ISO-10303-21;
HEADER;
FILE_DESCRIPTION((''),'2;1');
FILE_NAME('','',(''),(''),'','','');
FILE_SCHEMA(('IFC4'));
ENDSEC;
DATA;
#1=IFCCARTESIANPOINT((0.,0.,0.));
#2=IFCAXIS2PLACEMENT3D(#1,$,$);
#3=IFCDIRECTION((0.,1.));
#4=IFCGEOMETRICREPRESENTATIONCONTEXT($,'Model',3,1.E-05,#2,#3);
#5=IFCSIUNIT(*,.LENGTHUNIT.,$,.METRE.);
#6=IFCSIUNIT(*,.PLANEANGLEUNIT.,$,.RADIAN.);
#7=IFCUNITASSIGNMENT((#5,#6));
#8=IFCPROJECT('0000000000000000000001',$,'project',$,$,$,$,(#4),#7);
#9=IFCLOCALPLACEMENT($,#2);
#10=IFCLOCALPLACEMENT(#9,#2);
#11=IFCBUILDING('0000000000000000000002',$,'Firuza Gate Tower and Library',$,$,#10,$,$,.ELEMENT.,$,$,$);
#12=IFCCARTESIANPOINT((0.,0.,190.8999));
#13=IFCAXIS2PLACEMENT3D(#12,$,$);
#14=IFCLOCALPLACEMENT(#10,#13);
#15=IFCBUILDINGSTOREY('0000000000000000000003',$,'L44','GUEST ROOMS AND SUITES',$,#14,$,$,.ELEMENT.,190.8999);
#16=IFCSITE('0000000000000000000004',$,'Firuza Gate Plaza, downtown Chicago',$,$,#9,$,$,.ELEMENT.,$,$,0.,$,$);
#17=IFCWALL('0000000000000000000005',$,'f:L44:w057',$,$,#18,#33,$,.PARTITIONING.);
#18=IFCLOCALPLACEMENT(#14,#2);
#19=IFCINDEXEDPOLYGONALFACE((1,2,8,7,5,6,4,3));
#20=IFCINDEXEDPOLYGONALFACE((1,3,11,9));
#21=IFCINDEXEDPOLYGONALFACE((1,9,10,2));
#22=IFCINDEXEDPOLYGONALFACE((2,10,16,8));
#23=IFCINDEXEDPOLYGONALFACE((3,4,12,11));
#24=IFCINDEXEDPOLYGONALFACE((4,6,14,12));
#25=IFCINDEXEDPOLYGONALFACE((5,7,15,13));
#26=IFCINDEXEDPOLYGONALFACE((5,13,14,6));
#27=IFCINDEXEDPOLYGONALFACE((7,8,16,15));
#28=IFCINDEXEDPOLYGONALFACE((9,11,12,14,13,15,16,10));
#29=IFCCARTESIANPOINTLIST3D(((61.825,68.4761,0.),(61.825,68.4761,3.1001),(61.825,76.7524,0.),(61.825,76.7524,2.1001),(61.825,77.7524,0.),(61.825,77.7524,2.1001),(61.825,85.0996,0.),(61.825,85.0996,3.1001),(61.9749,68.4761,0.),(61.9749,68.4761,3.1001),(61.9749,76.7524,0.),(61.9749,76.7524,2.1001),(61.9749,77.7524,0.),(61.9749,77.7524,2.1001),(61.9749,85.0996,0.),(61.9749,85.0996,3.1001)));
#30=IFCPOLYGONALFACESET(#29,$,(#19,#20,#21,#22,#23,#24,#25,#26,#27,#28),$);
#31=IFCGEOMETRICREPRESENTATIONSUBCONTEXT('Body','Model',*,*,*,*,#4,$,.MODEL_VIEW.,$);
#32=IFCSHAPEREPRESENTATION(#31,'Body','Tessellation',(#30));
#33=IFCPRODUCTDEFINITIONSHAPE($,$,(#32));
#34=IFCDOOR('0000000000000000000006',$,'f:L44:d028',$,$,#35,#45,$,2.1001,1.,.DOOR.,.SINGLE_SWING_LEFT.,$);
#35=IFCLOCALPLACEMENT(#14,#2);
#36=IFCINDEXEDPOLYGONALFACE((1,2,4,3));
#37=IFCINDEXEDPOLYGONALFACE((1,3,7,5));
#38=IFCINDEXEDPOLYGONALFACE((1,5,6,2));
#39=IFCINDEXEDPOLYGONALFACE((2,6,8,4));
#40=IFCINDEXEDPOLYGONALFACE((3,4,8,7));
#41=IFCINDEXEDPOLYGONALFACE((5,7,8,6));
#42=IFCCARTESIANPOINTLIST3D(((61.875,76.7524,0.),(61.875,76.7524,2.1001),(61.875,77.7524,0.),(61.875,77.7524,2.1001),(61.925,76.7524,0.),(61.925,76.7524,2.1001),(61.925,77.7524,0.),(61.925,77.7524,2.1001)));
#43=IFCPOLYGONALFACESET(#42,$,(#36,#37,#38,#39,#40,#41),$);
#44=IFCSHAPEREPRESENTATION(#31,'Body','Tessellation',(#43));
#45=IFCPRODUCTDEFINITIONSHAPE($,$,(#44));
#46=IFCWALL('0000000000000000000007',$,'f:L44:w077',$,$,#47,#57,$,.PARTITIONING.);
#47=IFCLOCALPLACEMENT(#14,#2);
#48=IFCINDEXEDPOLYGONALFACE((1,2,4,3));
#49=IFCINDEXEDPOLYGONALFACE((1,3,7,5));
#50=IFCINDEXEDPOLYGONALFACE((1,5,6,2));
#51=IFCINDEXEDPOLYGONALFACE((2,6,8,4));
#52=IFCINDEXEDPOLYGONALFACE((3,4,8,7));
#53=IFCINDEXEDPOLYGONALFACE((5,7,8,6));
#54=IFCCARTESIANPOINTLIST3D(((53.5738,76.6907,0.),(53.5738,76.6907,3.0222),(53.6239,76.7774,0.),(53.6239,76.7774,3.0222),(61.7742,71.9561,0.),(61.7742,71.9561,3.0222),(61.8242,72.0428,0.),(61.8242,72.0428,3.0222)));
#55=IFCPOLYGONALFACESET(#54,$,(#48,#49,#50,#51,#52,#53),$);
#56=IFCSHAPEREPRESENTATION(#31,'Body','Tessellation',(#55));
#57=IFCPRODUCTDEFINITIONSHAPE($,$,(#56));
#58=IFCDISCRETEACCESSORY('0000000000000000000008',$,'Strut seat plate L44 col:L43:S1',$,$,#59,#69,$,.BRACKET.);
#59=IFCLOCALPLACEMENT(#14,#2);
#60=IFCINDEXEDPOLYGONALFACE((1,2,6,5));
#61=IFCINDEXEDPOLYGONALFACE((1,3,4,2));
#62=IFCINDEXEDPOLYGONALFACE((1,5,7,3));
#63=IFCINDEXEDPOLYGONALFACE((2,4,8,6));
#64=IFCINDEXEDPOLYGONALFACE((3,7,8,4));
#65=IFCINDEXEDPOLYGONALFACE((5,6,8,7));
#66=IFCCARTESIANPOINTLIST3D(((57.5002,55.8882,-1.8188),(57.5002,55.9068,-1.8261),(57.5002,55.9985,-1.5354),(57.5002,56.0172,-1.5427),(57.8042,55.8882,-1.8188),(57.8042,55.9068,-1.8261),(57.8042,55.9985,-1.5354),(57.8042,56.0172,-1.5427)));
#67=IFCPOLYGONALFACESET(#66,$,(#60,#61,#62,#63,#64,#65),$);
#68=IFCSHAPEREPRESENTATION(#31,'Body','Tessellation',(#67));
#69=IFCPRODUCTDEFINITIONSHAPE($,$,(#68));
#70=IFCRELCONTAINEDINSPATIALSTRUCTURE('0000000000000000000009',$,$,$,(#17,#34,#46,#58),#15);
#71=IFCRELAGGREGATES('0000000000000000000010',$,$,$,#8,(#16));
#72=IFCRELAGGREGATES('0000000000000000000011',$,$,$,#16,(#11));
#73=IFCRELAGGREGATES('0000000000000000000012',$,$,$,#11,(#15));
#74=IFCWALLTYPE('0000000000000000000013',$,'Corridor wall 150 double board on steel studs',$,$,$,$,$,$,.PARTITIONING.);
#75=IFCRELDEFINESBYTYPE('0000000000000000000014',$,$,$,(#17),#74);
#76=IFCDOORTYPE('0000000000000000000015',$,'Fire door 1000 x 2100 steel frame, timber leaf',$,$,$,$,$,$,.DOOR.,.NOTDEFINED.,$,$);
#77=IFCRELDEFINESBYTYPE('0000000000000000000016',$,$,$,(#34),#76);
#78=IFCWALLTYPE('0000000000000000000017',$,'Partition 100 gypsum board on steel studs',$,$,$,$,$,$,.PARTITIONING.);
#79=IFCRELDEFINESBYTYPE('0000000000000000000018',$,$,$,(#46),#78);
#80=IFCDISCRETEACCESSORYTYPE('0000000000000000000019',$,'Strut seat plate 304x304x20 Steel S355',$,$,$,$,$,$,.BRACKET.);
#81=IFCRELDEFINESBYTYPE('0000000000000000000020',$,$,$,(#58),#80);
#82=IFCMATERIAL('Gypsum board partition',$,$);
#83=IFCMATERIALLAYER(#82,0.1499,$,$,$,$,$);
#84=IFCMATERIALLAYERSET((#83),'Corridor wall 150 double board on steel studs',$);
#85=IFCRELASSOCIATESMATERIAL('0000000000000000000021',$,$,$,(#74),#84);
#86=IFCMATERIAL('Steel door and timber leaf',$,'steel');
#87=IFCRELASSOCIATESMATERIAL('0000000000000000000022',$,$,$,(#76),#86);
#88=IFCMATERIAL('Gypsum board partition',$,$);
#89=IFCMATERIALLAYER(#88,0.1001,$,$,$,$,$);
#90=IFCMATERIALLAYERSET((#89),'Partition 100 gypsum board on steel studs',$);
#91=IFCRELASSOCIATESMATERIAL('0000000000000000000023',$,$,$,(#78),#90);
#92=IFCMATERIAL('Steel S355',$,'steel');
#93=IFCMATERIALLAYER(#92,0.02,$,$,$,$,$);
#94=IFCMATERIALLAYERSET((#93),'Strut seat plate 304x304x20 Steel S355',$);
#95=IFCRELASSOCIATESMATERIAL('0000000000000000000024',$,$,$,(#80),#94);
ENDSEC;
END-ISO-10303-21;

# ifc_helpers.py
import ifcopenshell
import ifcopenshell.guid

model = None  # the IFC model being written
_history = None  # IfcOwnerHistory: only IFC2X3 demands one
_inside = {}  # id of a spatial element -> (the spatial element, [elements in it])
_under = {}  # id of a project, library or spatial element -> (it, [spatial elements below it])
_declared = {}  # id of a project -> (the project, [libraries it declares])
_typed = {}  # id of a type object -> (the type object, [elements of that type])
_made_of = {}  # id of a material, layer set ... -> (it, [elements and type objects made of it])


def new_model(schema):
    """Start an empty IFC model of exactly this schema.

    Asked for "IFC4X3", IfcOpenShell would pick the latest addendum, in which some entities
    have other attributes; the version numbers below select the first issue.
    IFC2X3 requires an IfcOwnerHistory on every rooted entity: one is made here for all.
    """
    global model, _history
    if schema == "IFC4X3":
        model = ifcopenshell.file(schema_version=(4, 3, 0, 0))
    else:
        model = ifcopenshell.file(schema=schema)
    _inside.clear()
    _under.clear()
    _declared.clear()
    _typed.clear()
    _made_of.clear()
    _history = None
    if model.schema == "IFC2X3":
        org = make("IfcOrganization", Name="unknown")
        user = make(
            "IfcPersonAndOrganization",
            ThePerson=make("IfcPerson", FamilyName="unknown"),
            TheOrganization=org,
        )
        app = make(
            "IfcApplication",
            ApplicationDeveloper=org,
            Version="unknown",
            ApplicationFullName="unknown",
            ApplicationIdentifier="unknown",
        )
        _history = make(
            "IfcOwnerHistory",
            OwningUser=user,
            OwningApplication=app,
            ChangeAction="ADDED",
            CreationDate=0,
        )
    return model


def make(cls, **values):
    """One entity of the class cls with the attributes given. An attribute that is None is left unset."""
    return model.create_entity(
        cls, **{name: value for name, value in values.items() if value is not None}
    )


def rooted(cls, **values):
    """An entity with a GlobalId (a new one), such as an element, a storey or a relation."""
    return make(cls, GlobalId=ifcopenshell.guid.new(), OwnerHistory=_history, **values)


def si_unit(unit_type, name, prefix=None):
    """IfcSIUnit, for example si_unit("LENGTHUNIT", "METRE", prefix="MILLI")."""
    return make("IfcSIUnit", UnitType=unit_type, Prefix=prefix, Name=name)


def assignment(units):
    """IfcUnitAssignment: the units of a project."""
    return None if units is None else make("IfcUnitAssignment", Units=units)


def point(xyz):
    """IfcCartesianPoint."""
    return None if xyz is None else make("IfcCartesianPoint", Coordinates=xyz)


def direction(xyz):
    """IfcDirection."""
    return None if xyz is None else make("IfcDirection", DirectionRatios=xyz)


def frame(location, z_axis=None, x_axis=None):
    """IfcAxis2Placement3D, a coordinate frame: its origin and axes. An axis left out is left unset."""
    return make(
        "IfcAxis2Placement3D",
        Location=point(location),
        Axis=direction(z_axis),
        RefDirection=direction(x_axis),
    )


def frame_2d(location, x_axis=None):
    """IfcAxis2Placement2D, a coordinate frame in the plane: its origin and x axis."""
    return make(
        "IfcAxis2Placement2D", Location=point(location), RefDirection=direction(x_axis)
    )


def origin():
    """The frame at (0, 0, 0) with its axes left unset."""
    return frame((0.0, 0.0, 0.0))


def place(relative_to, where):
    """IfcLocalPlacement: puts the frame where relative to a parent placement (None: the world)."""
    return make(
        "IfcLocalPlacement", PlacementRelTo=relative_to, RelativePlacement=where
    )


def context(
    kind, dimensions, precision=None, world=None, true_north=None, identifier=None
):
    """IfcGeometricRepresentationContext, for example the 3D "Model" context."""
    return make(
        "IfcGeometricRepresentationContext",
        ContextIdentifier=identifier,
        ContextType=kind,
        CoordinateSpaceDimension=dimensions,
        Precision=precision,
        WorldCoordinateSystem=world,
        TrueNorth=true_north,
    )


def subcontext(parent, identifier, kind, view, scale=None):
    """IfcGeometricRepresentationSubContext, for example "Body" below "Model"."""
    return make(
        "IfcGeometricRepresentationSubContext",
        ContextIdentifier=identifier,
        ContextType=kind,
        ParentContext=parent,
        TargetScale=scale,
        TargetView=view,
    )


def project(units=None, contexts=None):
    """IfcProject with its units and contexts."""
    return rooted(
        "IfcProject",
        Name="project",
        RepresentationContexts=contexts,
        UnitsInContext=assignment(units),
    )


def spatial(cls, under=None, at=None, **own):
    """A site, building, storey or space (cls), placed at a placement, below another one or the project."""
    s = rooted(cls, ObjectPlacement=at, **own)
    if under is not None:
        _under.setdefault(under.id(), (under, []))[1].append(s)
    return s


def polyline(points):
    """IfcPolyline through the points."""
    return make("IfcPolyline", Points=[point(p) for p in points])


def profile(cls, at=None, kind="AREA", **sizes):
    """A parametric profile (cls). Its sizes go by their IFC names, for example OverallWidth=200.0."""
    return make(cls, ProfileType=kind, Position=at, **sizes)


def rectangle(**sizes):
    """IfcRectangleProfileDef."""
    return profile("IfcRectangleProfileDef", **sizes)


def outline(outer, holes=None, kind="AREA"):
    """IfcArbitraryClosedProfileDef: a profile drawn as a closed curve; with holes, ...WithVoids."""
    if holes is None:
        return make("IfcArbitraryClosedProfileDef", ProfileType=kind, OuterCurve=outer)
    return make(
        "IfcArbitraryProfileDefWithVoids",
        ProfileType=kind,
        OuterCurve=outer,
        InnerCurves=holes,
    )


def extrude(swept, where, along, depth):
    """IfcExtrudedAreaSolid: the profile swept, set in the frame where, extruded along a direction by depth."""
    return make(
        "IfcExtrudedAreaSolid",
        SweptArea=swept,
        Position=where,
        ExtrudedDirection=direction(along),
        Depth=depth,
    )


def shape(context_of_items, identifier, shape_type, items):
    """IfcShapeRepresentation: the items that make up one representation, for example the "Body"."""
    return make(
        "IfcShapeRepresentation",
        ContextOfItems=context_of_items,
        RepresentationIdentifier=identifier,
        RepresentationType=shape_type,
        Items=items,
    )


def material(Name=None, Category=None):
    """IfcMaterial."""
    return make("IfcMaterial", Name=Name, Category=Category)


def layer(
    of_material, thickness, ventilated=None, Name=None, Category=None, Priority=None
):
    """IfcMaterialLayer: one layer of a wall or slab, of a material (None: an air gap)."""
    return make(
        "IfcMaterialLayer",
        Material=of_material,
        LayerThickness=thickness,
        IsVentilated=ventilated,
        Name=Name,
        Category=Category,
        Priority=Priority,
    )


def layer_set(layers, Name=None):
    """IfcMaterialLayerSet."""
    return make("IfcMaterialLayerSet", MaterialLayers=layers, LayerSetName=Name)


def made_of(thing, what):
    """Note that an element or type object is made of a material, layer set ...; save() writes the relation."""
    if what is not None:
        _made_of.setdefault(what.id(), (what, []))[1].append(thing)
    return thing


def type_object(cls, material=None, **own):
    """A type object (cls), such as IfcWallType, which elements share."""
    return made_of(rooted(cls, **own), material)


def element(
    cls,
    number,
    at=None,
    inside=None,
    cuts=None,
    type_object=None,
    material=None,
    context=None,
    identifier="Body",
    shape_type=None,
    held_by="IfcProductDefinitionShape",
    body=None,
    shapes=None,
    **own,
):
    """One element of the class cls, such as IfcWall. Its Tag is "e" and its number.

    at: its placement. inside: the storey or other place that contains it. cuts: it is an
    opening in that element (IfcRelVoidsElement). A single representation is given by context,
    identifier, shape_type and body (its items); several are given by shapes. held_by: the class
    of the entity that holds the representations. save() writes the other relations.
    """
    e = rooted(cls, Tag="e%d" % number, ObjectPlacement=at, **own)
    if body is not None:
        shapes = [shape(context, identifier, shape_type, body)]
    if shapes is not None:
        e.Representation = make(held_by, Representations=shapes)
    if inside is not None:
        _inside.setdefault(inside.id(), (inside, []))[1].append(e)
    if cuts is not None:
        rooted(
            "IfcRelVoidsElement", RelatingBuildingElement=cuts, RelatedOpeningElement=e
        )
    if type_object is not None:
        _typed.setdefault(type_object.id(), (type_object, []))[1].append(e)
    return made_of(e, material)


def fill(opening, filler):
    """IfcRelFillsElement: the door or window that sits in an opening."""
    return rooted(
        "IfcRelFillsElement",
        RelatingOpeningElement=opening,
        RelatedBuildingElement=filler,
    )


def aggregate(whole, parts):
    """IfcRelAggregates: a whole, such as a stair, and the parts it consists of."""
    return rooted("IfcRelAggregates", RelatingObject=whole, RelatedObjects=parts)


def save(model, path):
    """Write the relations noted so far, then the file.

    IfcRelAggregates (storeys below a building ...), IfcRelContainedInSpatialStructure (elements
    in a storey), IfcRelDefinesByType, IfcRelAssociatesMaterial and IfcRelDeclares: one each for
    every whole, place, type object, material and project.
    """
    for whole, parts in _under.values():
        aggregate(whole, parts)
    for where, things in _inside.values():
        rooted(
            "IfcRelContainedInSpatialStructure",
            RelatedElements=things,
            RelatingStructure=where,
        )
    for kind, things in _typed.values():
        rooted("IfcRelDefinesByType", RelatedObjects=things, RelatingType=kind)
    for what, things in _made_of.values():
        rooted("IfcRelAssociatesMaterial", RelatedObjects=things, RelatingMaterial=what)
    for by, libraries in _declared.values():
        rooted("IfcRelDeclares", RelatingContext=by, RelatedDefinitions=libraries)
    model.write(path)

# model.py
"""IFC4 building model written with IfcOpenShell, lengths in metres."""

from ifc_helpers import new_model, si_unit, direction, frame, frame_2d, origin, place, context, subcontext, project, spatial, polyline, rectangle, outline, extrude, material, layer, layer_set, type_object, element, fill, save


model = new_model("IFC4")

# Units and contexts
model_context = context("Model", 3, precision=1e-05, world=origin(), true_north=direction((0.0, 1.0)))
body_context = subcontext(model_context, "Body", "Model", "MODEL_VIEW")
ifc_project = project(units=[si_unit("LENGTHUNIT", "METRE"), si_unit("PLANEANGLEUNIT", "RADIAN")], contexts=[model_context])

# Site, building, storey
site_placement = place(None, origin())
site = spatial("IfcSite", under=ifc_project, at=site_placement, Name="Firuza Gate Plaza, downtown Chicago", CompositionType="ELEMENT", RefElevation=0.0)
building_placement = place(site_placement, origin())
building = spatial("IfcBuilding", under=site, at=building_placement, Name="Firuza Gate Tower and Library", CompositionType="ELEMENT")
storey_placement = place(building_placement, frame((0.0, 0.0, 190.8999)))
storey = spatial("IfcBuildingStorey", under=building, at=storey_placement, Name="L44", Description="GUEST ROOMS AND SUITES", CompositionType="ELEMENT", Elevation=190.8999)

# Shared definitions
ifc_material_1 = material(Name="Gypsum board partition")
ifc_layer_1 = layer(ifc_material_1, 0.1499)
ifc_layer_set_1 = layer_set([ifc_layer_1], Name="Corridor wall 150 double board on steel studs")
wall_type_1 = type_object("IfcWallType", Name="Corridor wall 150 double board on steel studs", PredefinedType="PARTITIONING", material=ifc_layer_set_1)
ifc_material_2 = material(Name="Steel door and timber leaf", Category="steel")
door_type_1 = type_object("IfcDoorType", Name="Fire door 1000 x 2100 steel frame, timber leaf", OperationType="NOTDEFINED", PredefinedType="DOOR", material=ifc_material_2)

# Wall, opening, door
wall_1_placement = place(storey_placement, frame((61.8999, 68.4761, 0.0), z_axis=(0.0, 0.0, 1.0), x_axis=(0.0, 1.0, 0.0)))
wall_1 = element("IfcWall", 1, at=wall_1_placement, inside=storey, type_object=wall_type_1, Name="f:L44:w057", PredefinedType="PARTITIONING", context=body_context, shape_type="SweptSolid", body=[
    extrude(rectangle(XDim=16.6235, YDim=0.1499, at=frame_2d((8.3118, 0.0))), origin(), (0.0, 0.0, 1.0), 3.1001),
])
opening_1_placement = place(wall_1_placement, frame((8.2764, 0.0, 0.0)))
opening_1 = element("IfcOpeningElement", 2, at=opening_1_placement, cuts=wall_1, PredefinedType="OPENING", context=body_context, shape_type="SweptSolid", body=[
    extrude(rectangle(XDim=1.0, YDim=2.1001, at=frame_2d((0.5, 1.05))), frame((0.0, 0.085, 0.0), z_axis=(0.0, -1.0, 0.0), x_axis=(1.0, 0.0, 0.0)), (0.0, 0.0, 1.0), 0.1699),
])
door_1_placement = place(opening_1_placement, origin())
door_1 = element("IfcDoor", 3, at=door_1_placement, inside=storey, type_object=door_type_1, Name="f:L44:d028", OperationType="SINGLE_SWING_LEFT", OverallHeight=2.1001, OverallWidth=1.0, PredefinedType="DOOR", context=body_context, shape_type="SweptSolid", body=[
    extrude(rectangle(XDim=1.0, YDim=2.1001, at=frame_2d((0.5, 1.05))), frame((0.0, 0.0249, 0.0), z_axis=(0.0, -1.0, 0.0), x_axis=(1.0, 0.0, 0.0)), (0.0, 0.0, 1.0), 0.05),
])
fill(opening_1, door_1)

# Wall
ifc_material_3 = material(Name="Gypsum board partition")
ifc_layer_2 = layer(ifc_material_3, 0.1001)
ifc_layer_set_2 = layer_set([ifc_layer_2], Name="Partition 100 gypsum board on steel studs")
wall_type_2 = type_object("IfcWallType", Name="Partition 100 gypsum board on steel studs", PredefinedType="PARTITIONING", material=ifc_layer_set_2)
wall_2_placement = place(storey_placement, frame((61.7991, 71.9995, 0.0), z_axis=(0.0, 0.0, 1.0), x_axis=(-0.866021, 0.500007, 0.0)))
element("IfcWall", 4, at=wall_2_placement, inside=storey, type_object=wall_type_2, Name="f:L44:w077", PredefinedType="PARTITIONING", context=body_context, shape_type="SweptSolid", body=[
    extrude(rectangle(XDim=9.469, YDim=0.1001, at=frame_2d((4.7344, 0.0))), origin(), (0.0, 0.0, 1.0), 3.0222),
])

# Discrete accessory
ifc_material_4 = material(Name="Steel S355", Category="steel")
ifc_layer_3 = layer(ifc_material_4, 0.02)
ifc_layer_set_3 = layer_set([ifc_layer_3], Name="Strut seat plate 304x304x20 Steel S355")
discrete_accessory_type = type_object("IfcDiscreteAccessoryType", Name="Strut seat plate 304x304x20 Steel S355", PredefinedType="BRACKET", material=ifc_layer_set_3)
discrete_accessory_placement = place(storey_placement, frame((57.8042, 55.9985, -1.5354), z_axis=(0.0, -0.931869, 0.362795), x_axis=(-1.0, 0.0, 0.0)))
element("IfcDiscreteAccessory", 5, at=discrete_accessory_placement, inside=storey, type_object=discrete_accessory_type, Name="Strut seat plate L44 col:L43:S1", PredefinedType="BRACKET", context=body_context, shape_type="SweptSolid", body=[
    extrude(outline(polyline([(0.0, 0.0), (0.304, 0.0), (0.304, 0.3042), (0.0, 0.3042), (0.0, 0.0)])), origin(), (0.0, 0.0, -1.0), 0.02),
])

save(model, "model.ifc")
